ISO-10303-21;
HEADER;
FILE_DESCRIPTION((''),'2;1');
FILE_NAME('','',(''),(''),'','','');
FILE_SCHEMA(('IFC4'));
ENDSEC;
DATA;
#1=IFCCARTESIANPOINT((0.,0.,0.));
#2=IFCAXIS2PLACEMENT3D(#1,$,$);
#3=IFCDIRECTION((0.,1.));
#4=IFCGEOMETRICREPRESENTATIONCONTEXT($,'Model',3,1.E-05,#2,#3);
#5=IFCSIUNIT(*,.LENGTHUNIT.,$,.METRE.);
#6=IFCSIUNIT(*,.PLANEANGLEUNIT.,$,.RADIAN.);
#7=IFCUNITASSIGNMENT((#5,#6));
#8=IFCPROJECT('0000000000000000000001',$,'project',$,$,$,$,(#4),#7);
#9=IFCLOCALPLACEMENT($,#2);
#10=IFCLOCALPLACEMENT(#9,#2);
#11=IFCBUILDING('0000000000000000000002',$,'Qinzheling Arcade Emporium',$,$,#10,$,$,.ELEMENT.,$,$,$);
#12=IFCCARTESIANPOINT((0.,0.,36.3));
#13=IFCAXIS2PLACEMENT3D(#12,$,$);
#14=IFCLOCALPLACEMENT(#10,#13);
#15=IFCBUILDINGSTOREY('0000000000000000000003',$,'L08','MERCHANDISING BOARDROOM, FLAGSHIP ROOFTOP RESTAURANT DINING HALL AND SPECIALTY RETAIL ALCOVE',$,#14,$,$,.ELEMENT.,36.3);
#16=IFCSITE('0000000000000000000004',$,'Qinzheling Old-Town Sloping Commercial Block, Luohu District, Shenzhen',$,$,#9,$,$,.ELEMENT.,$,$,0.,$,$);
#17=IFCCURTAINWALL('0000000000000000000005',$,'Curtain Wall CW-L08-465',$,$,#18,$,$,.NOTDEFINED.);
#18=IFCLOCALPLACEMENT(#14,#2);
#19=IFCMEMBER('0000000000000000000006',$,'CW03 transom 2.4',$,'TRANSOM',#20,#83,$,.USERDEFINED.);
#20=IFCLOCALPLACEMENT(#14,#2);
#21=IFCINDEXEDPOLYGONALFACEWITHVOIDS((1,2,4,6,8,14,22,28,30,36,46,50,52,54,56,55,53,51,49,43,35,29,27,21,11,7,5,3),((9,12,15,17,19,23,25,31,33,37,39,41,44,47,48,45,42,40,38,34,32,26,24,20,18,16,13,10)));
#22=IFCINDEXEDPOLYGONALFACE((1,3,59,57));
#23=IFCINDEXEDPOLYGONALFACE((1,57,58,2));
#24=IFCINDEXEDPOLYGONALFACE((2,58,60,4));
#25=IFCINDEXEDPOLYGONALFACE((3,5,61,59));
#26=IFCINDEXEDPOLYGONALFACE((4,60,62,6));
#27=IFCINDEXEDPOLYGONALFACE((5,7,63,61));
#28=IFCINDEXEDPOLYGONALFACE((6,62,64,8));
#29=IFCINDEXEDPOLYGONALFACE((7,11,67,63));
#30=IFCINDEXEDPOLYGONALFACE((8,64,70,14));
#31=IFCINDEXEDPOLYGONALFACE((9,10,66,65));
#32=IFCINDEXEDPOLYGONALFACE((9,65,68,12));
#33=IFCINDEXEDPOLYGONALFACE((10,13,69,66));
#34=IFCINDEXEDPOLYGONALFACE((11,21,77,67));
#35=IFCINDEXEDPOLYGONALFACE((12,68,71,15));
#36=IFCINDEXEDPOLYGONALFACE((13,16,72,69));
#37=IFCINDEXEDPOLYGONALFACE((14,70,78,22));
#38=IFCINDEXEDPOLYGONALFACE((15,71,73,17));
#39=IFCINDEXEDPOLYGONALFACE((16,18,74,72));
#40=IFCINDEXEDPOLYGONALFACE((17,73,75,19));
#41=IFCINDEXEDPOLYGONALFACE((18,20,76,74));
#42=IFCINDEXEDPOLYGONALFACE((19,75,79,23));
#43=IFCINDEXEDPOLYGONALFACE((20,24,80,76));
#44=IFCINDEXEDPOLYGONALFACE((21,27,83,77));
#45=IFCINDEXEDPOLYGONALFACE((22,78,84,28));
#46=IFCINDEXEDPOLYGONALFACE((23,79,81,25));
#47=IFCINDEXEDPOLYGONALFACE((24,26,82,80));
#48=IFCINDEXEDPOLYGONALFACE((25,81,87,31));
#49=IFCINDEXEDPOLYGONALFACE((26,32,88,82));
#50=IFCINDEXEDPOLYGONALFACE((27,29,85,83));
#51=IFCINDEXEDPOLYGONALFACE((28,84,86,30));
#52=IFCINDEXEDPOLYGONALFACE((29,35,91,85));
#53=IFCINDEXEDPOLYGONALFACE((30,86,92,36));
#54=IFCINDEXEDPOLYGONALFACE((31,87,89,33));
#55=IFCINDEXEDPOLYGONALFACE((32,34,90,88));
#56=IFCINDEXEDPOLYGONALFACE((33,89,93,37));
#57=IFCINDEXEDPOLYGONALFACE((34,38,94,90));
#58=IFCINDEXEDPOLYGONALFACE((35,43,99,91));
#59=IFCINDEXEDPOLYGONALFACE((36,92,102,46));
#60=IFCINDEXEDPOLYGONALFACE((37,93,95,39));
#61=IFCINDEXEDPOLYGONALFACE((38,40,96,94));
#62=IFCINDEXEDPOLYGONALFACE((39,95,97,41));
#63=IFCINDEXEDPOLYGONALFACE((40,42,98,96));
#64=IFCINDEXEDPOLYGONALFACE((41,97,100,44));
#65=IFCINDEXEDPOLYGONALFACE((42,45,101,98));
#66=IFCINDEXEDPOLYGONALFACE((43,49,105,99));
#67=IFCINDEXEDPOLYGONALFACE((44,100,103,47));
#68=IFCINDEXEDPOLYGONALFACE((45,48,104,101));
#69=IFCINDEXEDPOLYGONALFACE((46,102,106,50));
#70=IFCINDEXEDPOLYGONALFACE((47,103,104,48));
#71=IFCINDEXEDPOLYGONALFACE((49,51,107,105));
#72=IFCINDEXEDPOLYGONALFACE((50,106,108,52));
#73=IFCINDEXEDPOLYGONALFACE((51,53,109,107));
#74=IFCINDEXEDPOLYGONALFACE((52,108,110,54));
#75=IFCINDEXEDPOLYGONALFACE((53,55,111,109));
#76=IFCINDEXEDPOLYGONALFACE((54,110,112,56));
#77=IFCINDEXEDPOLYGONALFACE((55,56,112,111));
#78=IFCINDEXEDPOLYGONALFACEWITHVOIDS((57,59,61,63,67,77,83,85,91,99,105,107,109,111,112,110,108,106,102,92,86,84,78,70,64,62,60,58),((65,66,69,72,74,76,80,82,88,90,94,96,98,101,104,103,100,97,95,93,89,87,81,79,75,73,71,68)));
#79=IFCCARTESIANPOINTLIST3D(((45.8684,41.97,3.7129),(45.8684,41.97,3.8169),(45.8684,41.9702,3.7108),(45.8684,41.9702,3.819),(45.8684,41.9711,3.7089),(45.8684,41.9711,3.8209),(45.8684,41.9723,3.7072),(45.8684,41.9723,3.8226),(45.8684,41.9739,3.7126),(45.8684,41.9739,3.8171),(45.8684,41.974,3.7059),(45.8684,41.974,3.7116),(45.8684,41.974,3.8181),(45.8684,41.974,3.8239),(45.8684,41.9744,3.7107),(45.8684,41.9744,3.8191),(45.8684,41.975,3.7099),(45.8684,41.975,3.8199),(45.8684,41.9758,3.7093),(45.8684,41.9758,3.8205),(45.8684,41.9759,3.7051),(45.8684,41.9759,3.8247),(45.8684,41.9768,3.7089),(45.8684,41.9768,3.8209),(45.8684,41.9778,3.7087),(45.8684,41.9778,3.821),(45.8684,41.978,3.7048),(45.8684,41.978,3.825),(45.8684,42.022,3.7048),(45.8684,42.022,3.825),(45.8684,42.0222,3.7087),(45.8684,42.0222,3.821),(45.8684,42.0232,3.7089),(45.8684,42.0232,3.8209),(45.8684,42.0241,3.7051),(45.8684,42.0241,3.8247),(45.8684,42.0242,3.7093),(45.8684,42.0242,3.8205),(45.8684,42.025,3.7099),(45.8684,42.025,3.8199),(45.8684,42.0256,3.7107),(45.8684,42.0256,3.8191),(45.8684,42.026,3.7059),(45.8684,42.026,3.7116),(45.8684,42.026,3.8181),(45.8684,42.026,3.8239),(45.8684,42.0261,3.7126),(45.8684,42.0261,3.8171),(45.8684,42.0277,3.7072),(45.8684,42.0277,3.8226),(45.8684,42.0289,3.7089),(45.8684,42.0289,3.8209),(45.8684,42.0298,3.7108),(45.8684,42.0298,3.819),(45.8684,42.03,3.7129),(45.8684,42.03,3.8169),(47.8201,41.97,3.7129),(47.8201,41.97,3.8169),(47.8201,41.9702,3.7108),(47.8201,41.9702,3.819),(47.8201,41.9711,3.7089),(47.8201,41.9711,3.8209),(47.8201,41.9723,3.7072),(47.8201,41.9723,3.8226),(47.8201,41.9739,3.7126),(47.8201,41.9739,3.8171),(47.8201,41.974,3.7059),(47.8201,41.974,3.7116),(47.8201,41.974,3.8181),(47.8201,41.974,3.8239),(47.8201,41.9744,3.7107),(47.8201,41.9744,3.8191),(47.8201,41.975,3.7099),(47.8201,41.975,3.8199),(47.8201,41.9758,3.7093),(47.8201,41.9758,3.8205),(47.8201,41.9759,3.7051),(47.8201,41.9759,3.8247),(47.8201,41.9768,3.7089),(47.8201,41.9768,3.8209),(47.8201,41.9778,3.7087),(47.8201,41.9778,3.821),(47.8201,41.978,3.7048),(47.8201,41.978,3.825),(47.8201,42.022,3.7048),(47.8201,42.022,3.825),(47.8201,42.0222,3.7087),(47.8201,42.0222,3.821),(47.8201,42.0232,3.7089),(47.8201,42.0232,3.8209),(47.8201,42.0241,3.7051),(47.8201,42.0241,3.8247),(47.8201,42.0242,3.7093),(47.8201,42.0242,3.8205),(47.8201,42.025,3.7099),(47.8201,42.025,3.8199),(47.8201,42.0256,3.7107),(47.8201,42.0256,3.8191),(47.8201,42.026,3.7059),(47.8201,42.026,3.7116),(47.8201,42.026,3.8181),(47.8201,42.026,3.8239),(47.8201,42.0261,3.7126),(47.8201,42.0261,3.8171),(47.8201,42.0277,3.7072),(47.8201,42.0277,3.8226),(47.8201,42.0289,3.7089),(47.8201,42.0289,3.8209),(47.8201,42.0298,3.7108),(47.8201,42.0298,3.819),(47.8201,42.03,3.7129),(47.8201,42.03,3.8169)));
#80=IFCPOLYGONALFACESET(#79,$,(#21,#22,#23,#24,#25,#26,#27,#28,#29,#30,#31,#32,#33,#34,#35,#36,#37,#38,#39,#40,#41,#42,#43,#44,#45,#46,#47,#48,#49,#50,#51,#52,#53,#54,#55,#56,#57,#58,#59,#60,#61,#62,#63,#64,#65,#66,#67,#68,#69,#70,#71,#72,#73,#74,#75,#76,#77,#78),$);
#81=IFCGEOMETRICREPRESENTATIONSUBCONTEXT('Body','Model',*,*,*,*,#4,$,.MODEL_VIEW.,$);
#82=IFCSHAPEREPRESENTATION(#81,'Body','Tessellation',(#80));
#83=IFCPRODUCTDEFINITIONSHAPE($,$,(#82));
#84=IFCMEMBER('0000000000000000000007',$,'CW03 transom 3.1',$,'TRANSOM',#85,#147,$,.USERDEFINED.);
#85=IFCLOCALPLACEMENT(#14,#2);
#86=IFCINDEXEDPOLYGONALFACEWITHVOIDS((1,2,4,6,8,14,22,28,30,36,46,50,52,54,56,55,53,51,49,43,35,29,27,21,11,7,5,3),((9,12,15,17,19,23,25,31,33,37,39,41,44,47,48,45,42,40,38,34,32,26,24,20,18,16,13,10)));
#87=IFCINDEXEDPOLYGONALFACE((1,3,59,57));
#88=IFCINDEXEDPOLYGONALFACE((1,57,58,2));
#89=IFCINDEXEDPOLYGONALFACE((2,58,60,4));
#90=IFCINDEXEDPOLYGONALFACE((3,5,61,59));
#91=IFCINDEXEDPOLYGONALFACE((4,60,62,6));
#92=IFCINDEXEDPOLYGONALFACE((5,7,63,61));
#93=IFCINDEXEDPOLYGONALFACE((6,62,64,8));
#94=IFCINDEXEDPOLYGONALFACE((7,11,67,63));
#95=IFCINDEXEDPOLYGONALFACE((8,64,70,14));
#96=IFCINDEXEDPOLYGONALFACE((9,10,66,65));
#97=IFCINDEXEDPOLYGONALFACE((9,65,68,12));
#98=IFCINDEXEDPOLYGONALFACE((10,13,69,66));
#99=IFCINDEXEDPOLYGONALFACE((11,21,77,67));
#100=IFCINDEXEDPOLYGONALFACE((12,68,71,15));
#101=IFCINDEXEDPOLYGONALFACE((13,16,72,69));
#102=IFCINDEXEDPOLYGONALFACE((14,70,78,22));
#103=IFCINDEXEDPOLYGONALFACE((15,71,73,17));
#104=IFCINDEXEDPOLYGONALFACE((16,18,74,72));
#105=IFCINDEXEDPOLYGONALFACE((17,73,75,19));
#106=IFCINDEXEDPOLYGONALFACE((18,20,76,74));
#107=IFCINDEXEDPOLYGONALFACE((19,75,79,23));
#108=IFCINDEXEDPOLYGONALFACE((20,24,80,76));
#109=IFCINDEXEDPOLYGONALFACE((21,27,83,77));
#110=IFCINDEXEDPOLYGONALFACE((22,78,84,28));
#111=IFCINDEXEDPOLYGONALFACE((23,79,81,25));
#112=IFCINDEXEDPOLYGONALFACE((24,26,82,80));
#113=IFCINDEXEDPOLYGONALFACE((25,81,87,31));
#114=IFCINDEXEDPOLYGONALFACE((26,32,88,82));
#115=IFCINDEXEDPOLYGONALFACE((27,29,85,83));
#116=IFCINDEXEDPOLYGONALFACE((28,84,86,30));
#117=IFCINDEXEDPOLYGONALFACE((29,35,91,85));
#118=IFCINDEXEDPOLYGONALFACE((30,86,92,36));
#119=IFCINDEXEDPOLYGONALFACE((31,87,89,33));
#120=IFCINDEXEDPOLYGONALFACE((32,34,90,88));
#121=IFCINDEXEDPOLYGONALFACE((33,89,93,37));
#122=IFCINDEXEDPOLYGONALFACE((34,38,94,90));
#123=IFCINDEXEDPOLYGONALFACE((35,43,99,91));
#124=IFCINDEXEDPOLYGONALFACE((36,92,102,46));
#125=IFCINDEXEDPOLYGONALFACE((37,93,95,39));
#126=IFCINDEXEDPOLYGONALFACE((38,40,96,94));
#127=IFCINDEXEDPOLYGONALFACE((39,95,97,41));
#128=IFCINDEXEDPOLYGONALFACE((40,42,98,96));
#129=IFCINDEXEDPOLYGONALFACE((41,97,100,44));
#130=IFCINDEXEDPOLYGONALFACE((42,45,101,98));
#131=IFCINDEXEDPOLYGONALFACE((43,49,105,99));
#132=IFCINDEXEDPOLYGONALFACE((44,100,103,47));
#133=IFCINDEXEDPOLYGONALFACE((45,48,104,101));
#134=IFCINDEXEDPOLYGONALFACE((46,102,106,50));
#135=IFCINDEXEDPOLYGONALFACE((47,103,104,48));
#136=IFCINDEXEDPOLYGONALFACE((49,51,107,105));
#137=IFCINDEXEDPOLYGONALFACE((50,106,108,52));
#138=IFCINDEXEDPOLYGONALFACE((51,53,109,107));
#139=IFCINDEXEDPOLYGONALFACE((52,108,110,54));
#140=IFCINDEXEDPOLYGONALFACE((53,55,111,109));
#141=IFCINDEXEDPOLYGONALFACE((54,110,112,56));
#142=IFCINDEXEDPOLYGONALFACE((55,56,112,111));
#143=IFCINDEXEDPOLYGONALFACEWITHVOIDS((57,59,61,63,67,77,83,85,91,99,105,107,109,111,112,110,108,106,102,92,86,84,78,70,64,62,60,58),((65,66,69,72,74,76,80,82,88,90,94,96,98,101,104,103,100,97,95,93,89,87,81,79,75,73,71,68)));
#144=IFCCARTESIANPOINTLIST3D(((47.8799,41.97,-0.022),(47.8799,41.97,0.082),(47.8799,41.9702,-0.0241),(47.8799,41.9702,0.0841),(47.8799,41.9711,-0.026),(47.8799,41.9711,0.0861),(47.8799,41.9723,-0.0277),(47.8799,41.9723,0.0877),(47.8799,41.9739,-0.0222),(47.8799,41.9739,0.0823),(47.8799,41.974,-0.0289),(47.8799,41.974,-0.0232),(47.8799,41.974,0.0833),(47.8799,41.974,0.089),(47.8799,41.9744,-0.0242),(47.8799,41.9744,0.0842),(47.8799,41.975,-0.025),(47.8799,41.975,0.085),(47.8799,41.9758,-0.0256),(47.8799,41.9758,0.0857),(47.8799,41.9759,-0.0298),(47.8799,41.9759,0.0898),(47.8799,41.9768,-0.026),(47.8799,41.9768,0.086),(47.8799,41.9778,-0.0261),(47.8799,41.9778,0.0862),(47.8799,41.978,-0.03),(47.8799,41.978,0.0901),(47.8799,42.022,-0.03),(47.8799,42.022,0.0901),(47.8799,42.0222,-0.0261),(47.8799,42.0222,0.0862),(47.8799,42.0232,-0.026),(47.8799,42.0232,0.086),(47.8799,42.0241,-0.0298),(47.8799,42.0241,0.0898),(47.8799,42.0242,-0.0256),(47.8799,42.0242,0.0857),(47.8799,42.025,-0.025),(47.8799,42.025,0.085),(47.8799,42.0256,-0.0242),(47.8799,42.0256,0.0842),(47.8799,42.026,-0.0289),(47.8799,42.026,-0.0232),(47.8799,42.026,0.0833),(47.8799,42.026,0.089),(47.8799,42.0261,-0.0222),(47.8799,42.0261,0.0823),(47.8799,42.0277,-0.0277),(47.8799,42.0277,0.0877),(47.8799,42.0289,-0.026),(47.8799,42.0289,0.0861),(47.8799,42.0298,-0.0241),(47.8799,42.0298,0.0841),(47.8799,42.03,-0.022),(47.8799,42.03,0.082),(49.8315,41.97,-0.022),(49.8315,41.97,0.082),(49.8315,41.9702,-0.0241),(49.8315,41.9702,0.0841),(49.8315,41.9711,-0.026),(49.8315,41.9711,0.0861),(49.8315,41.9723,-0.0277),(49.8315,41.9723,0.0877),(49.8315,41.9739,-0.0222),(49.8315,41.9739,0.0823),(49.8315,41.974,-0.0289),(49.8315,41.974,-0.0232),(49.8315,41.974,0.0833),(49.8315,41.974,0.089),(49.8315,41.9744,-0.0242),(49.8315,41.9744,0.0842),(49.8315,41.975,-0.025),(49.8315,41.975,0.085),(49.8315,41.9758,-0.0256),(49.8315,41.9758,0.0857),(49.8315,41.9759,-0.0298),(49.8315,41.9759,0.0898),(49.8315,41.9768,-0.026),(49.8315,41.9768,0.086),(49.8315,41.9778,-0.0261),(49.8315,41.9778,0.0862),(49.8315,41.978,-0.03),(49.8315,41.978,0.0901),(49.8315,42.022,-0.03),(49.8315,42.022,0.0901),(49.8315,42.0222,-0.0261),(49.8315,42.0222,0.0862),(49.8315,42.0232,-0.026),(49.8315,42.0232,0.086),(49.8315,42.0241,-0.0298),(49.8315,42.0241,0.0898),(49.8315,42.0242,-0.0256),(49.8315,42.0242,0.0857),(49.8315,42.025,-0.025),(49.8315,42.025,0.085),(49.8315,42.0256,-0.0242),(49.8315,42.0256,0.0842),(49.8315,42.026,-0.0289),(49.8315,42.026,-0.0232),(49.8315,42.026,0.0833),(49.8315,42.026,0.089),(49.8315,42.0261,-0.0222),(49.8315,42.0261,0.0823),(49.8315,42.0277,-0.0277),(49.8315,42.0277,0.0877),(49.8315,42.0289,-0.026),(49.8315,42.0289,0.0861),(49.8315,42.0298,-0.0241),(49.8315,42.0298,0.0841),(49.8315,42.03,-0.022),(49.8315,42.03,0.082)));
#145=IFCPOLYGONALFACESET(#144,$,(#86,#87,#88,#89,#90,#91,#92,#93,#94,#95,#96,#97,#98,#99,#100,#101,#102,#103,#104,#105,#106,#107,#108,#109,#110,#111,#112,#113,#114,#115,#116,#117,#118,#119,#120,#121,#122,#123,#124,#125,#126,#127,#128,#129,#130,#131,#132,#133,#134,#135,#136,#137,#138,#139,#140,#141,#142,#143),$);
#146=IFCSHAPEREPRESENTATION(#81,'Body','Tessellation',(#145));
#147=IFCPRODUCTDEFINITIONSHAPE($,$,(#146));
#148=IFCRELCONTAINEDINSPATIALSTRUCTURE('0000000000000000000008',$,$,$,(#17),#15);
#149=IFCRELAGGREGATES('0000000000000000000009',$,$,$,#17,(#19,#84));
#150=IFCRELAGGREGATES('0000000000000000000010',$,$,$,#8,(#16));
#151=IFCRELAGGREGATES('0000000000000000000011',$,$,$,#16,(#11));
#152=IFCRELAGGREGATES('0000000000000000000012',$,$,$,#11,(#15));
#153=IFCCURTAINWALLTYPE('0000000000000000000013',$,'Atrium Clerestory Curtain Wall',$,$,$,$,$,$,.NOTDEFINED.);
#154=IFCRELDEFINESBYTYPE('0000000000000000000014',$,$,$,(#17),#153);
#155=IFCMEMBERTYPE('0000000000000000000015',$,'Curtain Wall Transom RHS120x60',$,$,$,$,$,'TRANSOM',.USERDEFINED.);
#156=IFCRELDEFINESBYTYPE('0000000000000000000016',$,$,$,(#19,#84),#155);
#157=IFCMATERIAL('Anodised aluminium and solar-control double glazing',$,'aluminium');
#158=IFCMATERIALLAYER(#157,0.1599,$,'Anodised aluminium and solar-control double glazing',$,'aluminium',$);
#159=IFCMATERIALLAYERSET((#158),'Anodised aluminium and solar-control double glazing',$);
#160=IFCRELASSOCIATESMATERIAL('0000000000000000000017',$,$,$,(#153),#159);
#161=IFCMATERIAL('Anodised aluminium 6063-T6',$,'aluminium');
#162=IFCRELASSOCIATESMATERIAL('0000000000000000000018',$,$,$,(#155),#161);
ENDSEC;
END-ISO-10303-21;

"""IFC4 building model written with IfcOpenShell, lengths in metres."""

from ifc_helpers import new_model, si_unit, direction, frame, origin, origin_2d, place, context, subcontext, project, spatial, hollow_rectangle, extrude, material, layer, layer_set, material_profile, profile_set, type_object, element, aggregate, save


model = new_model("IFC4")

# Units and contexts
model_context = context("Model", 3, precision=1e-05, world=origin(), true_north=direction((0.0, 1.0)))
body_context = subcontext(model_context, "Body", "Model", "MODEL_VIEW")
ifc_project = project(units=[si_unit("LENGTHUNIT", "METRE"), si_unit("PLANEANGLEUNIT", "RADIAN")], contexts=[model_context])

# Site, building, storey
site_placement = place(None, origin())
site = spatial("IfcSite", under=ifc_project, at=site_placement, Name="Qinzheling Old-Town Sloping Commercial Block, Luohu District, Shenzhen", CompositionType="ELEMENT", RefElevation=0.0)
building_placement = place(site_placement, origin())
building = spatial("IfcBuilding", under=site, at=building_placement, Name="Qinzheling Arcade Emporium", CompositionType="ELEMENT")
storey_placement = place(building_placement, frame((0.0, 0.0, 36.3)))
storey = spatial("IfcBuildingStorey", under=building, at=storey_placement, Name="L08", Description="MERCHANDISING BOARDROOM, FLAGSHIP ROOFTOP RESTAURANT DINING HALL AND SPECIALTY RETAIL ALCOVE", CompositionType="ELEMENT", Elevation=36.3)

# Curtain wall, members
ifc_material_1 = material(Name="Anodised aluminium and solar-control double glazing", Category="aluminium")
ifc_layer_1 = layer(ifc_material_1, 0.1599, Name="Anodised aluminium and solar-control double glazing", Category="aluminium")
ifc_layer_set_1 = layer_set([ifc_layer_1], Name="Anodised aluminium and solar-control double glazing")
curtain_wall_type = type_object("IfcCurtainWallType", Name="Atrium Clerestory Curtain Wall", PredefinedType="NOTDEFINED", material=ifc_layer_set_1)
curtain_wall_placement = place(storey_placement, origin())
curtain_wall = element("IfcCurtainWall", 1, at=curtain_wall_placement, inside=storey, type_object=curtain_wall_type, Name="Curtain Wall CW-L08-465", PredefinedType="NOTDEFINED")
ifc_material_2 = material(Name="Anodised aluminium 6063-T6", Category="aluminium")
ifc_material_profile_1 = material_profile(ifc_material_2, hollow_rectangle(XDim=0.0601, YDim=0.1201, WallThickness=0.0039, InnerFilletRadius=0.0039, OuterFilletRadius=0.0081, at=origin_2d()), Name="RHS 120x60x4", Category="aluminium")
ifc_profile_set_1 = profile_set([ifc_material_profile_1], Name="Anodised aluminium 6063-T6")
member_type_1 = type_object("IfcMemberType", Name="Curtain Wall Transom RHS120x60", ElementType="TRANSOM", PredefinedType="USERDEFINED", material=ifc_profile_set_1)
member_1_placement = place(storey_placement, frame((45.8684, 42.0, 3.7649), z_axis=(1.0, 0.0, 0.0), x_axis=(0.0, 1.0, 0.0)))
member_1 = element("IfcMember", 2, at=member_1_placement, type_object=member_type_1, Name="CW03 transom 2.4", ObjectType="TRANSOM", PredefinedType="USERDEFINED", context=body_context, shape_type="SweptSolid", body=[
    extrude(hollow_rectangle(XDim=0.0601, YDim=0.1201, WallThickness=0.0039, InnerFilletRadius=0.0039, OuterFilletRadius=0.0081, at=origin_2d()), origin(), (0.0, 0.0, 1.0), 1.9517),
])
member_2_placement = place(storey_placement, frame((47.8799, 42.0, 0.03), z_axis=(1.0, 0.0, 0.0), x_axis=(0.0, 1.0, 0.0)))
member_2 = element("IfcMember", 3, at=member_2_placement, type_object=member_type_1, Name="CW03 transom 3.1", ObjectType="TRANSOM", PredefinedType="USERDEFINED", context=body_context, shape_type="SweptSolid", body=[
    extrude(hollow_rectangle(XDim=0.0601, YDim=0.1201, WallThickness=0.0039, InnerFilletRadius=0.0039, OuterFilletRadius=0.0081, at=origin_2d()), origin(), (0.0, 0.0, 1.0), 1.9517),
])
aggregate(curtain_wall, [member_1, member_2])

save(model, "model.ifc")
